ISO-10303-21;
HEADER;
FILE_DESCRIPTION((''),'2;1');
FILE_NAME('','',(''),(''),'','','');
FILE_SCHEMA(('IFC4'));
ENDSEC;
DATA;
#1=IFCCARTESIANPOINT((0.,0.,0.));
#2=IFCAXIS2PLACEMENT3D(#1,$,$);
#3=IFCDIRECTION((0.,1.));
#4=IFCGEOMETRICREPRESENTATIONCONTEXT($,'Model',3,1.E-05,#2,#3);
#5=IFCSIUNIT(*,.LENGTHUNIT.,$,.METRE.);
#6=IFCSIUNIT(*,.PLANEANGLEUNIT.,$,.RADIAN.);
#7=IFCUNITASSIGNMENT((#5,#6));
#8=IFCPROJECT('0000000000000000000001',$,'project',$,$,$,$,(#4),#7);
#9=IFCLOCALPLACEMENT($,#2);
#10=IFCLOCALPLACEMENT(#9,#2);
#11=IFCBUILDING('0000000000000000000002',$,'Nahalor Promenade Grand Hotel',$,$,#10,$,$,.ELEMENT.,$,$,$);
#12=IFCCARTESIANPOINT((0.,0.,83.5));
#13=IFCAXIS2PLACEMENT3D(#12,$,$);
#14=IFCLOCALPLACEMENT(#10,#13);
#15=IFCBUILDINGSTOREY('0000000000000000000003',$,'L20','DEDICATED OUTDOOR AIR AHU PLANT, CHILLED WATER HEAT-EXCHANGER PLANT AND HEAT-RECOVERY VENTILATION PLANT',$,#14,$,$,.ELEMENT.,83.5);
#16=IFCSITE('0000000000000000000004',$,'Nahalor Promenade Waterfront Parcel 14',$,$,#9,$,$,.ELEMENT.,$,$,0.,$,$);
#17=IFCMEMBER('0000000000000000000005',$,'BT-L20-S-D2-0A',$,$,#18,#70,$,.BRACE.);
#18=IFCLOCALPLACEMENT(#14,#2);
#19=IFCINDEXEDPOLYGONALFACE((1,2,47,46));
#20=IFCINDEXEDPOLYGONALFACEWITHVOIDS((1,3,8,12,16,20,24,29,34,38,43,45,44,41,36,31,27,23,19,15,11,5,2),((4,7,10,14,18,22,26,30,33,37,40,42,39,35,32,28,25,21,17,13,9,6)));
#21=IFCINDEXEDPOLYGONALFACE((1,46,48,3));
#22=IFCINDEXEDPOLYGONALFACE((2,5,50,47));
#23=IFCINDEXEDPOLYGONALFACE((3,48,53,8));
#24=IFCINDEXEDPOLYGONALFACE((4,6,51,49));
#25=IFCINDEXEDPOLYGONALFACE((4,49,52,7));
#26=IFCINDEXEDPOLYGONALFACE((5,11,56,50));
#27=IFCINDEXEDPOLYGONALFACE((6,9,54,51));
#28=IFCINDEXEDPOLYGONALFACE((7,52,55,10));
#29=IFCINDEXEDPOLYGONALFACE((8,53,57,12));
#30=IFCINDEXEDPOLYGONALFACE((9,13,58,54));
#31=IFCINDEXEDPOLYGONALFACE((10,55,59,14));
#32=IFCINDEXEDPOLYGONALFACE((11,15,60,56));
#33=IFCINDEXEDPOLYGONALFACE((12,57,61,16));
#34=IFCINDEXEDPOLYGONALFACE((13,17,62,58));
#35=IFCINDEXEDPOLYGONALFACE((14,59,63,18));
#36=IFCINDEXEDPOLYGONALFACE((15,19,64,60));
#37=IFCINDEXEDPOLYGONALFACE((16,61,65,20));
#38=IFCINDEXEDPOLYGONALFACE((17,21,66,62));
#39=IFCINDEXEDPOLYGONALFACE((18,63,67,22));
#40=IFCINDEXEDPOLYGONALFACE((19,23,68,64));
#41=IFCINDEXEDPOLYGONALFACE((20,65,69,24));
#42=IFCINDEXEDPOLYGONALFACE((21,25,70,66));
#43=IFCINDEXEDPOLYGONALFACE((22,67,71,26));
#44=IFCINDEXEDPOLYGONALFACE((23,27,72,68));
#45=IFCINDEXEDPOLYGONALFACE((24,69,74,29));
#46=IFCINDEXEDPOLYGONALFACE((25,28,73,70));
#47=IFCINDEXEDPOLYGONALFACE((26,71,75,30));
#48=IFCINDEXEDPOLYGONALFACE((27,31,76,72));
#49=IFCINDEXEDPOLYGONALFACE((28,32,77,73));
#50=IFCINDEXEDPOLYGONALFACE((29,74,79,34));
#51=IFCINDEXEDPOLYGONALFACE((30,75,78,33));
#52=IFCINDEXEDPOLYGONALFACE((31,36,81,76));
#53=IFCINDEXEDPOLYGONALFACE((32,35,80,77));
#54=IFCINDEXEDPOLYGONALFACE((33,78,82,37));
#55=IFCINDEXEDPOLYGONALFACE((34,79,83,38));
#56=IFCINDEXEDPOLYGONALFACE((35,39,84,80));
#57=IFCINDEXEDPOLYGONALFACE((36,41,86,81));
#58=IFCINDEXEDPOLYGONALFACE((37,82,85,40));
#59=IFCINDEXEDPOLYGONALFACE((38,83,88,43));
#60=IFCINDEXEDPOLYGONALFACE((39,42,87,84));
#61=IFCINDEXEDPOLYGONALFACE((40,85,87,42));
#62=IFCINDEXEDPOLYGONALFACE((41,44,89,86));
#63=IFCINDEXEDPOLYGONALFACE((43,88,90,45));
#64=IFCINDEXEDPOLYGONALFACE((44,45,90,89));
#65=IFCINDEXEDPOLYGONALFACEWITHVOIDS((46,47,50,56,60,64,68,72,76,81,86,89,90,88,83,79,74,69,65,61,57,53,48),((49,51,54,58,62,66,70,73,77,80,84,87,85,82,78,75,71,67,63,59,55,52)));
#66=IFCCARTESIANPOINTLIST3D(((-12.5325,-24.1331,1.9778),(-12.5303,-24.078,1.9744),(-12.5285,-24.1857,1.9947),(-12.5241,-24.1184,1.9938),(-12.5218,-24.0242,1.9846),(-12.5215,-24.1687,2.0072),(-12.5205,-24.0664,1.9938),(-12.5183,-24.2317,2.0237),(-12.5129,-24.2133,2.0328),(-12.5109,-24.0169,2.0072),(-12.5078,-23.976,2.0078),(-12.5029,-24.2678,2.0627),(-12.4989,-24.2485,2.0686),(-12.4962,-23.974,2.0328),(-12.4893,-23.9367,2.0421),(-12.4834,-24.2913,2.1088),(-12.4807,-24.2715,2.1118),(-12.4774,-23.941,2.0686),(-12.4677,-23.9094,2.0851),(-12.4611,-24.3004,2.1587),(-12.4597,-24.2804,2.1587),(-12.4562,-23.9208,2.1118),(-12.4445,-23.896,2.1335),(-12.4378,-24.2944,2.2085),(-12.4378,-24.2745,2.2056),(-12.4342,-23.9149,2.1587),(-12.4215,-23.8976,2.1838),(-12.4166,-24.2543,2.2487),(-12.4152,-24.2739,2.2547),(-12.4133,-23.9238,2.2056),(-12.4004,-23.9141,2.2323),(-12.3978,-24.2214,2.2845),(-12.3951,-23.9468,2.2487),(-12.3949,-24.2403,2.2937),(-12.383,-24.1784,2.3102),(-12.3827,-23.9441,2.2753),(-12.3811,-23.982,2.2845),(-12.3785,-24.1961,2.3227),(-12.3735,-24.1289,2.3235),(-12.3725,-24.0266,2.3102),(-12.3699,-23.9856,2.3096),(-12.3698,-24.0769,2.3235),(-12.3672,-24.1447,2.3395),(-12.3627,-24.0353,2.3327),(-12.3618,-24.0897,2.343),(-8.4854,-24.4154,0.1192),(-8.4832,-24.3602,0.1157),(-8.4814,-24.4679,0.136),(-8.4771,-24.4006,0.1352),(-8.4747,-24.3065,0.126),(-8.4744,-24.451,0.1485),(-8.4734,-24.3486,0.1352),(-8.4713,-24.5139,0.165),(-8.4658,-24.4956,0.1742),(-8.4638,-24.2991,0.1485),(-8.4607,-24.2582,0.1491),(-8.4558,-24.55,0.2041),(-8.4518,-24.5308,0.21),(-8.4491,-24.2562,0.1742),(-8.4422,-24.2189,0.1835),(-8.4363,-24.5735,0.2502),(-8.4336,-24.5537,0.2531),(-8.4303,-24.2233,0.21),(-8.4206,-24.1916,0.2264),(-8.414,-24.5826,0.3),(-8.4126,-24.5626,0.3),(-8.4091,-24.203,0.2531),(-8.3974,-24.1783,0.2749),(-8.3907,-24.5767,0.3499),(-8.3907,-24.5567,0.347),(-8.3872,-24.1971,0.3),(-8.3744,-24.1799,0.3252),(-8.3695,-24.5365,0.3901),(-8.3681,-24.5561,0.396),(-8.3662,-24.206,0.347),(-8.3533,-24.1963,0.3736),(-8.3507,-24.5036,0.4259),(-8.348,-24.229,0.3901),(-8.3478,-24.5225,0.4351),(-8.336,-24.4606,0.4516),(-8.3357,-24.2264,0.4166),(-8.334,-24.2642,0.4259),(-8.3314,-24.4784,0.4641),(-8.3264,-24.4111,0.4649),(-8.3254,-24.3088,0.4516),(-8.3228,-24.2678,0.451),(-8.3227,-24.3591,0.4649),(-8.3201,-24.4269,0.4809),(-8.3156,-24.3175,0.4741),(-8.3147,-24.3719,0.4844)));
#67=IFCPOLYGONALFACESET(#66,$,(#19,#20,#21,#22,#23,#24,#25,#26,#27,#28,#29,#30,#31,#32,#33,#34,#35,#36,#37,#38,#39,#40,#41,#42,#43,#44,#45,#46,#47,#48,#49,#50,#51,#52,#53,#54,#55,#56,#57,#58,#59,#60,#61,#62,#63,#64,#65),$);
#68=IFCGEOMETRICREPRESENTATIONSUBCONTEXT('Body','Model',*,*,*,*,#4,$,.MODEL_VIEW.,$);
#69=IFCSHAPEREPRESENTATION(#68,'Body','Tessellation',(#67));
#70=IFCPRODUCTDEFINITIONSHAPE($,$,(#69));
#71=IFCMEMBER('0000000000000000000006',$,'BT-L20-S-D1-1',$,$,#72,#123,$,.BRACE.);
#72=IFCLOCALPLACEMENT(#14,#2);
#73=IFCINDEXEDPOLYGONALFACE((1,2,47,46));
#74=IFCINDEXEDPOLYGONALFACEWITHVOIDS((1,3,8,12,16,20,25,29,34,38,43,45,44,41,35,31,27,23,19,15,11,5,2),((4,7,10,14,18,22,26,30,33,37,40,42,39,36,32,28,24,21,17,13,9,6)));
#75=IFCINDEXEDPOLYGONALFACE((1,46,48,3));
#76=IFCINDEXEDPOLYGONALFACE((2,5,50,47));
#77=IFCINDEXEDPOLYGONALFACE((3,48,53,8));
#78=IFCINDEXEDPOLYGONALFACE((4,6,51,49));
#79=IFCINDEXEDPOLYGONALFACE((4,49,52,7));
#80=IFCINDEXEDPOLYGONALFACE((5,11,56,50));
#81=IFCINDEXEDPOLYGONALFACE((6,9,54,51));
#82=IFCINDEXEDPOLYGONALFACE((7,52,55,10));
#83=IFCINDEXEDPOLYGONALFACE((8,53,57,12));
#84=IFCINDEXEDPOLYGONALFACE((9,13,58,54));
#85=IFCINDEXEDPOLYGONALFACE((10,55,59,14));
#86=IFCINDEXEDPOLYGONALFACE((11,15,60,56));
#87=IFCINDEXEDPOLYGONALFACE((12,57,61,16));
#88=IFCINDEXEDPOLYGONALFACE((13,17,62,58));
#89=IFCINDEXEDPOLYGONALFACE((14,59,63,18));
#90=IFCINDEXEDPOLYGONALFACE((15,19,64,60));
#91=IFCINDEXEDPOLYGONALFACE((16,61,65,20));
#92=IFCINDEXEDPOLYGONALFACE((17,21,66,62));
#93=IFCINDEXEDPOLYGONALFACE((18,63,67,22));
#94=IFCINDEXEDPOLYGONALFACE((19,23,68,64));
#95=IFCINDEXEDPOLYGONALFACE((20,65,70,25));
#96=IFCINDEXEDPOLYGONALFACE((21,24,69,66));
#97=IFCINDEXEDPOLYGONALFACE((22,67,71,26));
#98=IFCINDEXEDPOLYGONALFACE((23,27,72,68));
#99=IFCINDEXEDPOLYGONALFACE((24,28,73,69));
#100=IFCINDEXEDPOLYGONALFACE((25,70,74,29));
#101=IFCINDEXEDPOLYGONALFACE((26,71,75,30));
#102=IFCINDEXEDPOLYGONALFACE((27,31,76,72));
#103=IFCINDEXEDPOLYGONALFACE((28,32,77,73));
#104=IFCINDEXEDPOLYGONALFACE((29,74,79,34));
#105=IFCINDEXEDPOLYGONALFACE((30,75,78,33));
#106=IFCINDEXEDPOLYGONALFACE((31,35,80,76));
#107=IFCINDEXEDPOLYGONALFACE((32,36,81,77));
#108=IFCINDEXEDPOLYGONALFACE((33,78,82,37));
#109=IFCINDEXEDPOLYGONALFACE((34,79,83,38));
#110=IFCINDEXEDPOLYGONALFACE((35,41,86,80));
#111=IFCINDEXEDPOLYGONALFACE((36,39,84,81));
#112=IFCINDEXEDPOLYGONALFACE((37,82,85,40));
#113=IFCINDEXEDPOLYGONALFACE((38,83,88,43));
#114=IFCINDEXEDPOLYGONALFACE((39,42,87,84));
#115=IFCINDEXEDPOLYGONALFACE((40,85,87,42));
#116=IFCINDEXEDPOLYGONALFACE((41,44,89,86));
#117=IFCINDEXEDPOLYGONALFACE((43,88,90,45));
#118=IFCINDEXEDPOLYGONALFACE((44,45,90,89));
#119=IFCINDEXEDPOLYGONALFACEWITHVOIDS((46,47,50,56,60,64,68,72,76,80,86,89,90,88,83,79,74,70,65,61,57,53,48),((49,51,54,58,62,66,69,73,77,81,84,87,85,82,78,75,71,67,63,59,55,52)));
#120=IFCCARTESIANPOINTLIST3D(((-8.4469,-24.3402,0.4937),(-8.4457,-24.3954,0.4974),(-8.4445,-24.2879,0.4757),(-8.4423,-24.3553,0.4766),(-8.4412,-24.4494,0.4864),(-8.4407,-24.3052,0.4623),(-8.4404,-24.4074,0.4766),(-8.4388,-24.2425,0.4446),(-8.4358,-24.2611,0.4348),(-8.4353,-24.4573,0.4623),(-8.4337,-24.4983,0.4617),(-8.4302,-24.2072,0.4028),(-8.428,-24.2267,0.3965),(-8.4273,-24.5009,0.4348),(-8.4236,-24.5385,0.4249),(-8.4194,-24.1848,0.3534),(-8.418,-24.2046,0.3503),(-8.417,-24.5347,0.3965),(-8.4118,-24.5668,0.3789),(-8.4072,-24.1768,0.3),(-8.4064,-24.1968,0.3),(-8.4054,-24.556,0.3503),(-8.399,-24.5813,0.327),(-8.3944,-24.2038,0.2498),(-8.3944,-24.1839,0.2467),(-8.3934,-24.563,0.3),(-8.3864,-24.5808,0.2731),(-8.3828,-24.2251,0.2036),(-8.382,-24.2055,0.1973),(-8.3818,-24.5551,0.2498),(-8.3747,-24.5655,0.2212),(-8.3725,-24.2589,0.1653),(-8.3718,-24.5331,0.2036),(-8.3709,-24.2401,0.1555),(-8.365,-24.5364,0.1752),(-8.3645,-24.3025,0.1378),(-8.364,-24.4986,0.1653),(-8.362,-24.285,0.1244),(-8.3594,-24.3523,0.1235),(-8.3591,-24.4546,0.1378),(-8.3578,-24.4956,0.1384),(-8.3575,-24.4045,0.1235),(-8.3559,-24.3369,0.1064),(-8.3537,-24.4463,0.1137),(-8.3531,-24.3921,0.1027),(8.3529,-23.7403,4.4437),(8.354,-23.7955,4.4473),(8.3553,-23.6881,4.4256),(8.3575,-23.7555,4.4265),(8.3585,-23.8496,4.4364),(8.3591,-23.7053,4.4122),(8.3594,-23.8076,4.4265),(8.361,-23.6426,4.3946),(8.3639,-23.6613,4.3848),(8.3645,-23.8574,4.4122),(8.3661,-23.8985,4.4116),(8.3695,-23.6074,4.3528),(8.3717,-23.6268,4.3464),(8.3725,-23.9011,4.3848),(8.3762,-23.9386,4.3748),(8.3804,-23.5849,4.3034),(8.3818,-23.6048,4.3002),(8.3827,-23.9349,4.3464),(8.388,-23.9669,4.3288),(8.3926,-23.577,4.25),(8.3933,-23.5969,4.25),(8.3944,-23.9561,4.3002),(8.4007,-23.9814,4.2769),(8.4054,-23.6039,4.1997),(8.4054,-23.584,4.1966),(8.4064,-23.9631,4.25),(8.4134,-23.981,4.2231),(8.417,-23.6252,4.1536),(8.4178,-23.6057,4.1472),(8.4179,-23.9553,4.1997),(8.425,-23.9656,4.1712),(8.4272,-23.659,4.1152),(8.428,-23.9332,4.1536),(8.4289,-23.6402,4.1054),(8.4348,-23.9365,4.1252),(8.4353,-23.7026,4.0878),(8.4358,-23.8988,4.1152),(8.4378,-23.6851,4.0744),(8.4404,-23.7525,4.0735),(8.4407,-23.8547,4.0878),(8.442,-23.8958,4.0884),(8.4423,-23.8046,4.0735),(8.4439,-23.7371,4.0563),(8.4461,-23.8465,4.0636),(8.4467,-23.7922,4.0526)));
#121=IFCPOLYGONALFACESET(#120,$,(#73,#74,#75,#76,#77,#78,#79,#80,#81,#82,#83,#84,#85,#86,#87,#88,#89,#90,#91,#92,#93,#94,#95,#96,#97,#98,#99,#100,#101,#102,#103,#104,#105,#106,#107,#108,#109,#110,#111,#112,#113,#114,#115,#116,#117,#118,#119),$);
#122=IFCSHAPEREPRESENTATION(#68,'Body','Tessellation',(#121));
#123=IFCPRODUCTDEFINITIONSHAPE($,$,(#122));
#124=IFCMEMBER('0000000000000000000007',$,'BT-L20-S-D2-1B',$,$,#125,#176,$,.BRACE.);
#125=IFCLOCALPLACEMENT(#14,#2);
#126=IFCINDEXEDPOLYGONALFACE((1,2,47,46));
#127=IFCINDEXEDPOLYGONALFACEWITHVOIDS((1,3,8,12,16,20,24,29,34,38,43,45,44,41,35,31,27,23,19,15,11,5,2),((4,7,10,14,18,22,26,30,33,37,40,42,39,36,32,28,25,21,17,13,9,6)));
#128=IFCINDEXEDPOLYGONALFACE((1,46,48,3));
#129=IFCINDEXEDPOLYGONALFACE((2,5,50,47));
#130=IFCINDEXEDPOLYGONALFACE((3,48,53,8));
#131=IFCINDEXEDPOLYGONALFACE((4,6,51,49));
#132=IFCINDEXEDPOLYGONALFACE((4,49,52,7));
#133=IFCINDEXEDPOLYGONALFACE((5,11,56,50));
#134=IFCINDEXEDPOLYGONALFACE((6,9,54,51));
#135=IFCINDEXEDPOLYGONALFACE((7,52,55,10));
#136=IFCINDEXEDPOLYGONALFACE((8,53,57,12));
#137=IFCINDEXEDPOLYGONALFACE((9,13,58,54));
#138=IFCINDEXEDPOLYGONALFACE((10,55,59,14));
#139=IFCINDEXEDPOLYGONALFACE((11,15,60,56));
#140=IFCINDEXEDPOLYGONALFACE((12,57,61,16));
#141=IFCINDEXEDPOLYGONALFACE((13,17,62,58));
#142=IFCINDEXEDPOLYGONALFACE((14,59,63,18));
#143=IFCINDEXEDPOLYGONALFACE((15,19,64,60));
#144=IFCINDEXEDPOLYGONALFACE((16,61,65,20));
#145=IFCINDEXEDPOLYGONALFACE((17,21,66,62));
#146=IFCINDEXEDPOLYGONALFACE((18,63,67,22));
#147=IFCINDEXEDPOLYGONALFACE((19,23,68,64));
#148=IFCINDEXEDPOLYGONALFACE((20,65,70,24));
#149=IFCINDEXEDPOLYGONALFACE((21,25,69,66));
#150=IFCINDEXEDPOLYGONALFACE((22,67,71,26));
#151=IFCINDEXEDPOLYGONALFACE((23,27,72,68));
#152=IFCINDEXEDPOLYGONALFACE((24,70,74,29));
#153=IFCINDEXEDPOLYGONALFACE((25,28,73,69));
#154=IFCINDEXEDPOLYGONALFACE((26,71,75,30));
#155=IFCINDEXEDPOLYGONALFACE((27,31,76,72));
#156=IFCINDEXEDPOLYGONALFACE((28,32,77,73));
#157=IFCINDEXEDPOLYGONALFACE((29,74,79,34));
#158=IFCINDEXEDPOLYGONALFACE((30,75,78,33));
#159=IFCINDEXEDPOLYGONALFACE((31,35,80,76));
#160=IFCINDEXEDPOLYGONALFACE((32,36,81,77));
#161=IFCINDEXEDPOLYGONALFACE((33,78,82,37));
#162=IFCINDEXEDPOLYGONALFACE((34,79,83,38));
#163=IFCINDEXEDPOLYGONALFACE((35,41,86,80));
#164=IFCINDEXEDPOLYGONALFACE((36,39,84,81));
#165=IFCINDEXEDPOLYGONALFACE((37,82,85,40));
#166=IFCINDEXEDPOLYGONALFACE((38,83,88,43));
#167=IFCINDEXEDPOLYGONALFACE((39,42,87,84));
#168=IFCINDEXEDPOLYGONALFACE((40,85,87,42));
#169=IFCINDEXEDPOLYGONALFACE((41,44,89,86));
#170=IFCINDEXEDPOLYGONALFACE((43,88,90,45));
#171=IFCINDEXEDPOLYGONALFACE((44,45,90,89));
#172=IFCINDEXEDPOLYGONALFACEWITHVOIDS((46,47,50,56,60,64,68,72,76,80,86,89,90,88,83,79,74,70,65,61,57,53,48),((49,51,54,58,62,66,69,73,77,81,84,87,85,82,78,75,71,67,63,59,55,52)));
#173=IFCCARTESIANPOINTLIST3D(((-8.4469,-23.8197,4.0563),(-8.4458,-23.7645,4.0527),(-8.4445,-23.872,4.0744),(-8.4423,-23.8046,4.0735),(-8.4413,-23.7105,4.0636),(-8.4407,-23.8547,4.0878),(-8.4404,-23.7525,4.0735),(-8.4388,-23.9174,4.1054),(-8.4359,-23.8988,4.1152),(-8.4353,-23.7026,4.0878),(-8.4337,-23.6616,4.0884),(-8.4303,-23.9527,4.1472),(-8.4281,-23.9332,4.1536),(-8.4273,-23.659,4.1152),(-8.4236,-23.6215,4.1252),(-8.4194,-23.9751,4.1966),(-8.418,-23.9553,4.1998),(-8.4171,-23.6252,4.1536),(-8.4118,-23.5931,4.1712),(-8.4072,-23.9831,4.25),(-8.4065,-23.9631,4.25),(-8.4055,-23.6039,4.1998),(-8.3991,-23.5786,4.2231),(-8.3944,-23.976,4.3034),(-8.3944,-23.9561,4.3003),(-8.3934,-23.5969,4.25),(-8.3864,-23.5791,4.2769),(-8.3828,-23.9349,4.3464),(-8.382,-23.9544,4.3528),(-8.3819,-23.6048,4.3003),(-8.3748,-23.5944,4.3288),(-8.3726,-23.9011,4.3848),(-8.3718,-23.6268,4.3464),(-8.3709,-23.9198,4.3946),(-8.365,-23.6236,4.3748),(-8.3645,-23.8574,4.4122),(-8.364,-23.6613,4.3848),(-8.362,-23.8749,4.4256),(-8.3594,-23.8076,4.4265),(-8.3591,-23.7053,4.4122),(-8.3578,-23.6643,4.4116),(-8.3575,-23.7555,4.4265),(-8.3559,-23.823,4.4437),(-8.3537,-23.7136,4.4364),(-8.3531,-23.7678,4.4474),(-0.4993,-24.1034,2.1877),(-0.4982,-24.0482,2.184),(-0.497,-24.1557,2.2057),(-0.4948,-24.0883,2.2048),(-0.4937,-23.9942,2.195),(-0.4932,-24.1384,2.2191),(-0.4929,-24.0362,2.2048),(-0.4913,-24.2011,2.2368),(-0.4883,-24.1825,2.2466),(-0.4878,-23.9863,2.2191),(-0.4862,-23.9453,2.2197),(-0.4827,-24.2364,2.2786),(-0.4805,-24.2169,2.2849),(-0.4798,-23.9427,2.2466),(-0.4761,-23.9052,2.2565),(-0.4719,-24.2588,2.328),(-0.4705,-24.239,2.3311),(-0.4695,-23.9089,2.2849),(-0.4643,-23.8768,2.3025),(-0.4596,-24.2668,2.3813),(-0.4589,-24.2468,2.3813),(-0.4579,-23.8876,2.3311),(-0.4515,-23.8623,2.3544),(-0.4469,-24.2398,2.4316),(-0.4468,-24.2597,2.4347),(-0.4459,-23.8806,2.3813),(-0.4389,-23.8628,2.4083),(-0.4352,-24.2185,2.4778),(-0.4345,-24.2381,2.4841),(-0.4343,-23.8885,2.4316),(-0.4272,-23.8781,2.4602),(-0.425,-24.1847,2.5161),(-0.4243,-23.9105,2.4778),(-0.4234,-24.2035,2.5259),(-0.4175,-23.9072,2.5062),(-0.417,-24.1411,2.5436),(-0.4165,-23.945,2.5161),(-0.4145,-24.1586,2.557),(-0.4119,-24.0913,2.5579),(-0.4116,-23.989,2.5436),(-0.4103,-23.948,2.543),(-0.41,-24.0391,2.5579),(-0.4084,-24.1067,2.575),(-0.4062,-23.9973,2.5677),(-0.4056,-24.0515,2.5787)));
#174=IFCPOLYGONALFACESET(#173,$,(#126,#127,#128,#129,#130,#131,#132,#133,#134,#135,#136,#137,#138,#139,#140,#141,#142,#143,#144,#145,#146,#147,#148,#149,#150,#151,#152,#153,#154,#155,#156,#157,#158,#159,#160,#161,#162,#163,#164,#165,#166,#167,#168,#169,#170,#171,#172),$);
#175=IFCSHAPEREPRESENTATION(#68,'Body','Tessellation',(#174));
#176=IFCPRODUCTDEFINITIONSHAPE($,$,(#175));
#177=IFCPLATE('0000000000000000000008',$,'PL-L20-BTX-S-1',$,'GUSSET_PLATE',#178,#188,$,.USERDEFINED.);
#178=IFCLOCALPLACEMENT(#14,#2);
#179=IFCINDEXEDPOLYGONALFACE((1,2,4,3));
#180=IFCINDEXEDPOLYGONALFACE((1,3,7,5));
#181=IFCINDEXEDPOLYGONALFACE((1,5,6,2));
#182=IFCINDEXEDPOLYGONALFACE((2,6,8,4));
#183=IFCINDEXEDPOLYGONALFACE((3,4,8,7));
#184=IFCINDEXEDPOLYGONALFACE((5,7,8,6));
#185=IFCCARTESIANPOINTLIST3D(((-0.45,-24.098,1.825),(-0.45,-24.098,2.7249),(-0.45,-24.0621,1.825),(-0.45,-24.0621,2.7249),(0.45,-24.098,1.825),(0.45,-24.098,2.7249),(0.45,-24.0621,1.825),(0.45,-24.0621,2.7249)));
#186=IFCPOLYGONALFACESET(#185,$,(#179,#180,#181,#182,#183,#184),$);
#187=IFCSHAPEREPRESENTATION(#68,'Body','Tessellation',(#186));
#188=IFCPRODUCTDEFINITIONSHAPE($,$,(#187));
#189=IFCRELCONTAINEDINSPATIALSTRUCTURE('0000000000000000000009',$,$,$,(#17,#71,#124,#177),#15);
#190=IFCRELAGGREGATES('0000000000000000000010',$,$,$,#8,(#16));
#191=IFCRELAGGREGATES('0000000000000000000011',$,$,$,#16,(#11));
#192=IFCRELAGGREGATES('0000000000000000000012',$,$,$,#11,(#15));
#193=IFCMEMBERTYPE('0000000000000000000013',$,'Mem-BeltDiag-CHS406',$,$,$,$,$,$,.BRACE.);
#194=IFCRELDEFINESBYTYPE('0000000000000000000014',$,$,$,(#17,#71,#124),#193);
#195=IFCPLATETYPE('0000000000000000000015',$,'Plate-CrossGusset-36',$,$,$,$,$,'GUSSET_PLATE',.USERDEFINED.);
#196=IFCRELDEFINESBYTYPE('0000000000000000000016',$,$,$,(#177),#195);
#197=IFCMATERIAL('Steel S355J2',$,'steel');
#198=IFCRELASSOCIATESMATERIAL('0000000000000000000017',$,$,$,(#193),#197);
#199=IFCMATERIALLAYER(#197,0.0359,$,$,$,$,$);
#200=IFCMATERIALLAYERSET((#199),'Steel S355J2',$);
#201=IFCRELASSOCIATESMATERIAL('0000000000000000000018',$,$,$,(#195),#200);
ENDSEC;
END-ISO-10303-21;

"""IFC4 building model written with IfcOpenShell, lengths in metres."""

from ifc_helpers import new_model, si_unit, direction, frame, origin, origin_2d, place, context, subcontext, project, spatial, rectangle, hollow_circle, extrude, source, transform, mapped, material, layer, layer_set, material_profile, profile_set, type_object, element, save


model = new_model("IFC4")

# Units and contexts
model_context = context("Model", 3, precision=1e-05, world=origin(), true_north=direction((0.0, 1.0)))
body_context = subcontext(model_context, "Body", "Model", "MODEL_VIEW")
ifc_project = project(units=[si_unit("LENGTHUNIT", "METRE"), si_unit("PLANEANGLEUNIT", "RADIAN")], contexts=[model_context])

# Site, building, storey
site_placement = place(None, origin())
site = spatial("IfcSite", under=ifc_project, at=site_placement, Name="Nahalor Promenade Waterfront Parcel 14", CompositionType="ELEMENT", RefElevation=0.0)
building_placement = place(site_placement, origin())
building = spatial("IfcBuilding", under=site, at=building_placement, Name="Nahalor Promenade Grand Hotel", CompositionType="ELEMENT")
storey_placement = place(building_placement, frame((0.0, 0.0, 83.5)))
storey = spatial("IfcBuildingStorey", under=building, at=storey_placement, Name="L20", Description="DEDICATED OUTDOOR AIR AHU PLANT, CHILLED WATER HEAT-EXCHANGER PLANT AND HEAT-RECOVERY VENTILATION PLANT", CompositionType="ELEMENT", Elevation=83.5)

# Shared definitions
ifc_material_1 = material(Name="Steel S355J2", Category="steel")

# Members
ifc_material_profile_1 = material_profile(ifc_material_1, hollow_circle(Radius=0.2032, WallThickness=0.02, at=origin_2d()), Name="CHS 406.4x20")
ifc_profile_set_1 = profile_set([ifc_material_profile_1], Name="Steel S355J2")
member_type = type_object("IfcMemberType", Name="Mem-BeltDiag-CHS406", PredefinedType="BRACE", material=ifc_profile_set_1)
shared_shape_1 = source(origin(), body_context, "Body", "SweptSolid", [
    extrude(hollow_circle(Radius=0.2032, WallThickness=0.02, at=origin_2d()), origin(), (0.0, 0.0, 1.0), 4.4624),
])
member_1_placement = place(storey_placement, frame((-8.3999, -24.3799, 0.3), z_axis=(-0.906929, 0.063245, 0.416508), x_axis=(-0.069566, -0.997577, 0.0)))
element("IfcMember", 1, at=member_1_placement, inside=storey, type_object=member_type, Name="BT-L20-S-D2-0A", PredefinedType="BRACE", context=body_context, shape_type="MappedRepresentation", body=[
    mapped(shared_shape_1, transform((0.0, 0.0, 0.0), scale=1.0)),
])
shared_shape_2 = source(origin(), body_context, "Body", "SweptSolid", [
    extrude(hollow_circle(Radius=0.2032, WallThickness=0.02, at=origin_2d()), origin(), (0.0, 0.0, 1.0), 17.2683),
])
member_2_placement = place(storey_placement, frame((-8.3999, -24.3799, 0.3), z_axis=(0.972868, 0.034737, 0.22874), x_axis=(-0.035683, 0.999363, 0.0)))
element("IfcMember", 2, at=member_2_placement, inside=storey, type_object=member_type, Name="BT-L20-S-D1-1", PredefinedType="BRACE", context=body_context, shape_type="MappedRepresentation", body=[
    mapped(shared_shape_2, transform((0.0, 0.0, 0.0), scale=1.0)),
])
shared_shape_3 = source(origin(), body_context, "Body", "SweptSolid", [
    extrude(hollow_circle(Radius=0.2032, WallThickness=0.02, at=origin_2d()), origin(), (0.0, 0.0, 1.0), 8.1692),
])
member_3_placement = place(storey_placement, frame((-0.4524, -24.0637, 2.3813), z_axis=(-0.972867, 0.034727, 0.228745), x_axis=(-0.035673, -0.999364, 0.0)))
element("IfcMember", 3, at=member_3_placement, inside=storey, type_object=member_type, Name="BT-L20-S-D2-1B", PredefinedType="BRACE", context=body_context, shape_type="MappedRepresentation", body=[
    mapped(shared_shape_3, transform((0.0, 0.0, 0.0), scale=1.0)),
])

# Plate
ifc_layer_1 = layer(ifc_material_1, 0.0359)
ifc_layer_set_1 = layer_set([ifc_layer_1], Name="Steel S355J2")
plate_type_1 = type_object("IfcPlateType", Name="Plate-CrossGusset-36", ElementType="GUSSET_PLATE", PredefinedType="USERDEFINED", material=ifc_layer_set_1)
shared_shape_4 = source(origin(), body_context, "Body", "SweptSolid", [
    extrude(rectangle(XDim=0.8999, YDim=0.0359, at=origin_2d()), origin(), (0.0, 0.0, 1.0), 0.8999),
])
plate_1_placement = place(storey_placement, frame((0.0, -24.0801, 1.825), z_axis=(0.0, 0.0, 1.0), x_axis=(1.0, 0.0, 0.0)))
element("IfcPlate", 4, at=plate_1_placement, inside=storey, type_object=plate_type_1, Name="PL-L20-BTX-S-1", ObjectType="GUSSET_PLATE", PredefinedType="USERDEFINED", context=body_context, shape_type="MappedRepresentation", body=[
    mapped(shared_shape_4, transform((0.0, 0.0, 0.0), scale=1.0)),
])

save(model, "model.ifc")
